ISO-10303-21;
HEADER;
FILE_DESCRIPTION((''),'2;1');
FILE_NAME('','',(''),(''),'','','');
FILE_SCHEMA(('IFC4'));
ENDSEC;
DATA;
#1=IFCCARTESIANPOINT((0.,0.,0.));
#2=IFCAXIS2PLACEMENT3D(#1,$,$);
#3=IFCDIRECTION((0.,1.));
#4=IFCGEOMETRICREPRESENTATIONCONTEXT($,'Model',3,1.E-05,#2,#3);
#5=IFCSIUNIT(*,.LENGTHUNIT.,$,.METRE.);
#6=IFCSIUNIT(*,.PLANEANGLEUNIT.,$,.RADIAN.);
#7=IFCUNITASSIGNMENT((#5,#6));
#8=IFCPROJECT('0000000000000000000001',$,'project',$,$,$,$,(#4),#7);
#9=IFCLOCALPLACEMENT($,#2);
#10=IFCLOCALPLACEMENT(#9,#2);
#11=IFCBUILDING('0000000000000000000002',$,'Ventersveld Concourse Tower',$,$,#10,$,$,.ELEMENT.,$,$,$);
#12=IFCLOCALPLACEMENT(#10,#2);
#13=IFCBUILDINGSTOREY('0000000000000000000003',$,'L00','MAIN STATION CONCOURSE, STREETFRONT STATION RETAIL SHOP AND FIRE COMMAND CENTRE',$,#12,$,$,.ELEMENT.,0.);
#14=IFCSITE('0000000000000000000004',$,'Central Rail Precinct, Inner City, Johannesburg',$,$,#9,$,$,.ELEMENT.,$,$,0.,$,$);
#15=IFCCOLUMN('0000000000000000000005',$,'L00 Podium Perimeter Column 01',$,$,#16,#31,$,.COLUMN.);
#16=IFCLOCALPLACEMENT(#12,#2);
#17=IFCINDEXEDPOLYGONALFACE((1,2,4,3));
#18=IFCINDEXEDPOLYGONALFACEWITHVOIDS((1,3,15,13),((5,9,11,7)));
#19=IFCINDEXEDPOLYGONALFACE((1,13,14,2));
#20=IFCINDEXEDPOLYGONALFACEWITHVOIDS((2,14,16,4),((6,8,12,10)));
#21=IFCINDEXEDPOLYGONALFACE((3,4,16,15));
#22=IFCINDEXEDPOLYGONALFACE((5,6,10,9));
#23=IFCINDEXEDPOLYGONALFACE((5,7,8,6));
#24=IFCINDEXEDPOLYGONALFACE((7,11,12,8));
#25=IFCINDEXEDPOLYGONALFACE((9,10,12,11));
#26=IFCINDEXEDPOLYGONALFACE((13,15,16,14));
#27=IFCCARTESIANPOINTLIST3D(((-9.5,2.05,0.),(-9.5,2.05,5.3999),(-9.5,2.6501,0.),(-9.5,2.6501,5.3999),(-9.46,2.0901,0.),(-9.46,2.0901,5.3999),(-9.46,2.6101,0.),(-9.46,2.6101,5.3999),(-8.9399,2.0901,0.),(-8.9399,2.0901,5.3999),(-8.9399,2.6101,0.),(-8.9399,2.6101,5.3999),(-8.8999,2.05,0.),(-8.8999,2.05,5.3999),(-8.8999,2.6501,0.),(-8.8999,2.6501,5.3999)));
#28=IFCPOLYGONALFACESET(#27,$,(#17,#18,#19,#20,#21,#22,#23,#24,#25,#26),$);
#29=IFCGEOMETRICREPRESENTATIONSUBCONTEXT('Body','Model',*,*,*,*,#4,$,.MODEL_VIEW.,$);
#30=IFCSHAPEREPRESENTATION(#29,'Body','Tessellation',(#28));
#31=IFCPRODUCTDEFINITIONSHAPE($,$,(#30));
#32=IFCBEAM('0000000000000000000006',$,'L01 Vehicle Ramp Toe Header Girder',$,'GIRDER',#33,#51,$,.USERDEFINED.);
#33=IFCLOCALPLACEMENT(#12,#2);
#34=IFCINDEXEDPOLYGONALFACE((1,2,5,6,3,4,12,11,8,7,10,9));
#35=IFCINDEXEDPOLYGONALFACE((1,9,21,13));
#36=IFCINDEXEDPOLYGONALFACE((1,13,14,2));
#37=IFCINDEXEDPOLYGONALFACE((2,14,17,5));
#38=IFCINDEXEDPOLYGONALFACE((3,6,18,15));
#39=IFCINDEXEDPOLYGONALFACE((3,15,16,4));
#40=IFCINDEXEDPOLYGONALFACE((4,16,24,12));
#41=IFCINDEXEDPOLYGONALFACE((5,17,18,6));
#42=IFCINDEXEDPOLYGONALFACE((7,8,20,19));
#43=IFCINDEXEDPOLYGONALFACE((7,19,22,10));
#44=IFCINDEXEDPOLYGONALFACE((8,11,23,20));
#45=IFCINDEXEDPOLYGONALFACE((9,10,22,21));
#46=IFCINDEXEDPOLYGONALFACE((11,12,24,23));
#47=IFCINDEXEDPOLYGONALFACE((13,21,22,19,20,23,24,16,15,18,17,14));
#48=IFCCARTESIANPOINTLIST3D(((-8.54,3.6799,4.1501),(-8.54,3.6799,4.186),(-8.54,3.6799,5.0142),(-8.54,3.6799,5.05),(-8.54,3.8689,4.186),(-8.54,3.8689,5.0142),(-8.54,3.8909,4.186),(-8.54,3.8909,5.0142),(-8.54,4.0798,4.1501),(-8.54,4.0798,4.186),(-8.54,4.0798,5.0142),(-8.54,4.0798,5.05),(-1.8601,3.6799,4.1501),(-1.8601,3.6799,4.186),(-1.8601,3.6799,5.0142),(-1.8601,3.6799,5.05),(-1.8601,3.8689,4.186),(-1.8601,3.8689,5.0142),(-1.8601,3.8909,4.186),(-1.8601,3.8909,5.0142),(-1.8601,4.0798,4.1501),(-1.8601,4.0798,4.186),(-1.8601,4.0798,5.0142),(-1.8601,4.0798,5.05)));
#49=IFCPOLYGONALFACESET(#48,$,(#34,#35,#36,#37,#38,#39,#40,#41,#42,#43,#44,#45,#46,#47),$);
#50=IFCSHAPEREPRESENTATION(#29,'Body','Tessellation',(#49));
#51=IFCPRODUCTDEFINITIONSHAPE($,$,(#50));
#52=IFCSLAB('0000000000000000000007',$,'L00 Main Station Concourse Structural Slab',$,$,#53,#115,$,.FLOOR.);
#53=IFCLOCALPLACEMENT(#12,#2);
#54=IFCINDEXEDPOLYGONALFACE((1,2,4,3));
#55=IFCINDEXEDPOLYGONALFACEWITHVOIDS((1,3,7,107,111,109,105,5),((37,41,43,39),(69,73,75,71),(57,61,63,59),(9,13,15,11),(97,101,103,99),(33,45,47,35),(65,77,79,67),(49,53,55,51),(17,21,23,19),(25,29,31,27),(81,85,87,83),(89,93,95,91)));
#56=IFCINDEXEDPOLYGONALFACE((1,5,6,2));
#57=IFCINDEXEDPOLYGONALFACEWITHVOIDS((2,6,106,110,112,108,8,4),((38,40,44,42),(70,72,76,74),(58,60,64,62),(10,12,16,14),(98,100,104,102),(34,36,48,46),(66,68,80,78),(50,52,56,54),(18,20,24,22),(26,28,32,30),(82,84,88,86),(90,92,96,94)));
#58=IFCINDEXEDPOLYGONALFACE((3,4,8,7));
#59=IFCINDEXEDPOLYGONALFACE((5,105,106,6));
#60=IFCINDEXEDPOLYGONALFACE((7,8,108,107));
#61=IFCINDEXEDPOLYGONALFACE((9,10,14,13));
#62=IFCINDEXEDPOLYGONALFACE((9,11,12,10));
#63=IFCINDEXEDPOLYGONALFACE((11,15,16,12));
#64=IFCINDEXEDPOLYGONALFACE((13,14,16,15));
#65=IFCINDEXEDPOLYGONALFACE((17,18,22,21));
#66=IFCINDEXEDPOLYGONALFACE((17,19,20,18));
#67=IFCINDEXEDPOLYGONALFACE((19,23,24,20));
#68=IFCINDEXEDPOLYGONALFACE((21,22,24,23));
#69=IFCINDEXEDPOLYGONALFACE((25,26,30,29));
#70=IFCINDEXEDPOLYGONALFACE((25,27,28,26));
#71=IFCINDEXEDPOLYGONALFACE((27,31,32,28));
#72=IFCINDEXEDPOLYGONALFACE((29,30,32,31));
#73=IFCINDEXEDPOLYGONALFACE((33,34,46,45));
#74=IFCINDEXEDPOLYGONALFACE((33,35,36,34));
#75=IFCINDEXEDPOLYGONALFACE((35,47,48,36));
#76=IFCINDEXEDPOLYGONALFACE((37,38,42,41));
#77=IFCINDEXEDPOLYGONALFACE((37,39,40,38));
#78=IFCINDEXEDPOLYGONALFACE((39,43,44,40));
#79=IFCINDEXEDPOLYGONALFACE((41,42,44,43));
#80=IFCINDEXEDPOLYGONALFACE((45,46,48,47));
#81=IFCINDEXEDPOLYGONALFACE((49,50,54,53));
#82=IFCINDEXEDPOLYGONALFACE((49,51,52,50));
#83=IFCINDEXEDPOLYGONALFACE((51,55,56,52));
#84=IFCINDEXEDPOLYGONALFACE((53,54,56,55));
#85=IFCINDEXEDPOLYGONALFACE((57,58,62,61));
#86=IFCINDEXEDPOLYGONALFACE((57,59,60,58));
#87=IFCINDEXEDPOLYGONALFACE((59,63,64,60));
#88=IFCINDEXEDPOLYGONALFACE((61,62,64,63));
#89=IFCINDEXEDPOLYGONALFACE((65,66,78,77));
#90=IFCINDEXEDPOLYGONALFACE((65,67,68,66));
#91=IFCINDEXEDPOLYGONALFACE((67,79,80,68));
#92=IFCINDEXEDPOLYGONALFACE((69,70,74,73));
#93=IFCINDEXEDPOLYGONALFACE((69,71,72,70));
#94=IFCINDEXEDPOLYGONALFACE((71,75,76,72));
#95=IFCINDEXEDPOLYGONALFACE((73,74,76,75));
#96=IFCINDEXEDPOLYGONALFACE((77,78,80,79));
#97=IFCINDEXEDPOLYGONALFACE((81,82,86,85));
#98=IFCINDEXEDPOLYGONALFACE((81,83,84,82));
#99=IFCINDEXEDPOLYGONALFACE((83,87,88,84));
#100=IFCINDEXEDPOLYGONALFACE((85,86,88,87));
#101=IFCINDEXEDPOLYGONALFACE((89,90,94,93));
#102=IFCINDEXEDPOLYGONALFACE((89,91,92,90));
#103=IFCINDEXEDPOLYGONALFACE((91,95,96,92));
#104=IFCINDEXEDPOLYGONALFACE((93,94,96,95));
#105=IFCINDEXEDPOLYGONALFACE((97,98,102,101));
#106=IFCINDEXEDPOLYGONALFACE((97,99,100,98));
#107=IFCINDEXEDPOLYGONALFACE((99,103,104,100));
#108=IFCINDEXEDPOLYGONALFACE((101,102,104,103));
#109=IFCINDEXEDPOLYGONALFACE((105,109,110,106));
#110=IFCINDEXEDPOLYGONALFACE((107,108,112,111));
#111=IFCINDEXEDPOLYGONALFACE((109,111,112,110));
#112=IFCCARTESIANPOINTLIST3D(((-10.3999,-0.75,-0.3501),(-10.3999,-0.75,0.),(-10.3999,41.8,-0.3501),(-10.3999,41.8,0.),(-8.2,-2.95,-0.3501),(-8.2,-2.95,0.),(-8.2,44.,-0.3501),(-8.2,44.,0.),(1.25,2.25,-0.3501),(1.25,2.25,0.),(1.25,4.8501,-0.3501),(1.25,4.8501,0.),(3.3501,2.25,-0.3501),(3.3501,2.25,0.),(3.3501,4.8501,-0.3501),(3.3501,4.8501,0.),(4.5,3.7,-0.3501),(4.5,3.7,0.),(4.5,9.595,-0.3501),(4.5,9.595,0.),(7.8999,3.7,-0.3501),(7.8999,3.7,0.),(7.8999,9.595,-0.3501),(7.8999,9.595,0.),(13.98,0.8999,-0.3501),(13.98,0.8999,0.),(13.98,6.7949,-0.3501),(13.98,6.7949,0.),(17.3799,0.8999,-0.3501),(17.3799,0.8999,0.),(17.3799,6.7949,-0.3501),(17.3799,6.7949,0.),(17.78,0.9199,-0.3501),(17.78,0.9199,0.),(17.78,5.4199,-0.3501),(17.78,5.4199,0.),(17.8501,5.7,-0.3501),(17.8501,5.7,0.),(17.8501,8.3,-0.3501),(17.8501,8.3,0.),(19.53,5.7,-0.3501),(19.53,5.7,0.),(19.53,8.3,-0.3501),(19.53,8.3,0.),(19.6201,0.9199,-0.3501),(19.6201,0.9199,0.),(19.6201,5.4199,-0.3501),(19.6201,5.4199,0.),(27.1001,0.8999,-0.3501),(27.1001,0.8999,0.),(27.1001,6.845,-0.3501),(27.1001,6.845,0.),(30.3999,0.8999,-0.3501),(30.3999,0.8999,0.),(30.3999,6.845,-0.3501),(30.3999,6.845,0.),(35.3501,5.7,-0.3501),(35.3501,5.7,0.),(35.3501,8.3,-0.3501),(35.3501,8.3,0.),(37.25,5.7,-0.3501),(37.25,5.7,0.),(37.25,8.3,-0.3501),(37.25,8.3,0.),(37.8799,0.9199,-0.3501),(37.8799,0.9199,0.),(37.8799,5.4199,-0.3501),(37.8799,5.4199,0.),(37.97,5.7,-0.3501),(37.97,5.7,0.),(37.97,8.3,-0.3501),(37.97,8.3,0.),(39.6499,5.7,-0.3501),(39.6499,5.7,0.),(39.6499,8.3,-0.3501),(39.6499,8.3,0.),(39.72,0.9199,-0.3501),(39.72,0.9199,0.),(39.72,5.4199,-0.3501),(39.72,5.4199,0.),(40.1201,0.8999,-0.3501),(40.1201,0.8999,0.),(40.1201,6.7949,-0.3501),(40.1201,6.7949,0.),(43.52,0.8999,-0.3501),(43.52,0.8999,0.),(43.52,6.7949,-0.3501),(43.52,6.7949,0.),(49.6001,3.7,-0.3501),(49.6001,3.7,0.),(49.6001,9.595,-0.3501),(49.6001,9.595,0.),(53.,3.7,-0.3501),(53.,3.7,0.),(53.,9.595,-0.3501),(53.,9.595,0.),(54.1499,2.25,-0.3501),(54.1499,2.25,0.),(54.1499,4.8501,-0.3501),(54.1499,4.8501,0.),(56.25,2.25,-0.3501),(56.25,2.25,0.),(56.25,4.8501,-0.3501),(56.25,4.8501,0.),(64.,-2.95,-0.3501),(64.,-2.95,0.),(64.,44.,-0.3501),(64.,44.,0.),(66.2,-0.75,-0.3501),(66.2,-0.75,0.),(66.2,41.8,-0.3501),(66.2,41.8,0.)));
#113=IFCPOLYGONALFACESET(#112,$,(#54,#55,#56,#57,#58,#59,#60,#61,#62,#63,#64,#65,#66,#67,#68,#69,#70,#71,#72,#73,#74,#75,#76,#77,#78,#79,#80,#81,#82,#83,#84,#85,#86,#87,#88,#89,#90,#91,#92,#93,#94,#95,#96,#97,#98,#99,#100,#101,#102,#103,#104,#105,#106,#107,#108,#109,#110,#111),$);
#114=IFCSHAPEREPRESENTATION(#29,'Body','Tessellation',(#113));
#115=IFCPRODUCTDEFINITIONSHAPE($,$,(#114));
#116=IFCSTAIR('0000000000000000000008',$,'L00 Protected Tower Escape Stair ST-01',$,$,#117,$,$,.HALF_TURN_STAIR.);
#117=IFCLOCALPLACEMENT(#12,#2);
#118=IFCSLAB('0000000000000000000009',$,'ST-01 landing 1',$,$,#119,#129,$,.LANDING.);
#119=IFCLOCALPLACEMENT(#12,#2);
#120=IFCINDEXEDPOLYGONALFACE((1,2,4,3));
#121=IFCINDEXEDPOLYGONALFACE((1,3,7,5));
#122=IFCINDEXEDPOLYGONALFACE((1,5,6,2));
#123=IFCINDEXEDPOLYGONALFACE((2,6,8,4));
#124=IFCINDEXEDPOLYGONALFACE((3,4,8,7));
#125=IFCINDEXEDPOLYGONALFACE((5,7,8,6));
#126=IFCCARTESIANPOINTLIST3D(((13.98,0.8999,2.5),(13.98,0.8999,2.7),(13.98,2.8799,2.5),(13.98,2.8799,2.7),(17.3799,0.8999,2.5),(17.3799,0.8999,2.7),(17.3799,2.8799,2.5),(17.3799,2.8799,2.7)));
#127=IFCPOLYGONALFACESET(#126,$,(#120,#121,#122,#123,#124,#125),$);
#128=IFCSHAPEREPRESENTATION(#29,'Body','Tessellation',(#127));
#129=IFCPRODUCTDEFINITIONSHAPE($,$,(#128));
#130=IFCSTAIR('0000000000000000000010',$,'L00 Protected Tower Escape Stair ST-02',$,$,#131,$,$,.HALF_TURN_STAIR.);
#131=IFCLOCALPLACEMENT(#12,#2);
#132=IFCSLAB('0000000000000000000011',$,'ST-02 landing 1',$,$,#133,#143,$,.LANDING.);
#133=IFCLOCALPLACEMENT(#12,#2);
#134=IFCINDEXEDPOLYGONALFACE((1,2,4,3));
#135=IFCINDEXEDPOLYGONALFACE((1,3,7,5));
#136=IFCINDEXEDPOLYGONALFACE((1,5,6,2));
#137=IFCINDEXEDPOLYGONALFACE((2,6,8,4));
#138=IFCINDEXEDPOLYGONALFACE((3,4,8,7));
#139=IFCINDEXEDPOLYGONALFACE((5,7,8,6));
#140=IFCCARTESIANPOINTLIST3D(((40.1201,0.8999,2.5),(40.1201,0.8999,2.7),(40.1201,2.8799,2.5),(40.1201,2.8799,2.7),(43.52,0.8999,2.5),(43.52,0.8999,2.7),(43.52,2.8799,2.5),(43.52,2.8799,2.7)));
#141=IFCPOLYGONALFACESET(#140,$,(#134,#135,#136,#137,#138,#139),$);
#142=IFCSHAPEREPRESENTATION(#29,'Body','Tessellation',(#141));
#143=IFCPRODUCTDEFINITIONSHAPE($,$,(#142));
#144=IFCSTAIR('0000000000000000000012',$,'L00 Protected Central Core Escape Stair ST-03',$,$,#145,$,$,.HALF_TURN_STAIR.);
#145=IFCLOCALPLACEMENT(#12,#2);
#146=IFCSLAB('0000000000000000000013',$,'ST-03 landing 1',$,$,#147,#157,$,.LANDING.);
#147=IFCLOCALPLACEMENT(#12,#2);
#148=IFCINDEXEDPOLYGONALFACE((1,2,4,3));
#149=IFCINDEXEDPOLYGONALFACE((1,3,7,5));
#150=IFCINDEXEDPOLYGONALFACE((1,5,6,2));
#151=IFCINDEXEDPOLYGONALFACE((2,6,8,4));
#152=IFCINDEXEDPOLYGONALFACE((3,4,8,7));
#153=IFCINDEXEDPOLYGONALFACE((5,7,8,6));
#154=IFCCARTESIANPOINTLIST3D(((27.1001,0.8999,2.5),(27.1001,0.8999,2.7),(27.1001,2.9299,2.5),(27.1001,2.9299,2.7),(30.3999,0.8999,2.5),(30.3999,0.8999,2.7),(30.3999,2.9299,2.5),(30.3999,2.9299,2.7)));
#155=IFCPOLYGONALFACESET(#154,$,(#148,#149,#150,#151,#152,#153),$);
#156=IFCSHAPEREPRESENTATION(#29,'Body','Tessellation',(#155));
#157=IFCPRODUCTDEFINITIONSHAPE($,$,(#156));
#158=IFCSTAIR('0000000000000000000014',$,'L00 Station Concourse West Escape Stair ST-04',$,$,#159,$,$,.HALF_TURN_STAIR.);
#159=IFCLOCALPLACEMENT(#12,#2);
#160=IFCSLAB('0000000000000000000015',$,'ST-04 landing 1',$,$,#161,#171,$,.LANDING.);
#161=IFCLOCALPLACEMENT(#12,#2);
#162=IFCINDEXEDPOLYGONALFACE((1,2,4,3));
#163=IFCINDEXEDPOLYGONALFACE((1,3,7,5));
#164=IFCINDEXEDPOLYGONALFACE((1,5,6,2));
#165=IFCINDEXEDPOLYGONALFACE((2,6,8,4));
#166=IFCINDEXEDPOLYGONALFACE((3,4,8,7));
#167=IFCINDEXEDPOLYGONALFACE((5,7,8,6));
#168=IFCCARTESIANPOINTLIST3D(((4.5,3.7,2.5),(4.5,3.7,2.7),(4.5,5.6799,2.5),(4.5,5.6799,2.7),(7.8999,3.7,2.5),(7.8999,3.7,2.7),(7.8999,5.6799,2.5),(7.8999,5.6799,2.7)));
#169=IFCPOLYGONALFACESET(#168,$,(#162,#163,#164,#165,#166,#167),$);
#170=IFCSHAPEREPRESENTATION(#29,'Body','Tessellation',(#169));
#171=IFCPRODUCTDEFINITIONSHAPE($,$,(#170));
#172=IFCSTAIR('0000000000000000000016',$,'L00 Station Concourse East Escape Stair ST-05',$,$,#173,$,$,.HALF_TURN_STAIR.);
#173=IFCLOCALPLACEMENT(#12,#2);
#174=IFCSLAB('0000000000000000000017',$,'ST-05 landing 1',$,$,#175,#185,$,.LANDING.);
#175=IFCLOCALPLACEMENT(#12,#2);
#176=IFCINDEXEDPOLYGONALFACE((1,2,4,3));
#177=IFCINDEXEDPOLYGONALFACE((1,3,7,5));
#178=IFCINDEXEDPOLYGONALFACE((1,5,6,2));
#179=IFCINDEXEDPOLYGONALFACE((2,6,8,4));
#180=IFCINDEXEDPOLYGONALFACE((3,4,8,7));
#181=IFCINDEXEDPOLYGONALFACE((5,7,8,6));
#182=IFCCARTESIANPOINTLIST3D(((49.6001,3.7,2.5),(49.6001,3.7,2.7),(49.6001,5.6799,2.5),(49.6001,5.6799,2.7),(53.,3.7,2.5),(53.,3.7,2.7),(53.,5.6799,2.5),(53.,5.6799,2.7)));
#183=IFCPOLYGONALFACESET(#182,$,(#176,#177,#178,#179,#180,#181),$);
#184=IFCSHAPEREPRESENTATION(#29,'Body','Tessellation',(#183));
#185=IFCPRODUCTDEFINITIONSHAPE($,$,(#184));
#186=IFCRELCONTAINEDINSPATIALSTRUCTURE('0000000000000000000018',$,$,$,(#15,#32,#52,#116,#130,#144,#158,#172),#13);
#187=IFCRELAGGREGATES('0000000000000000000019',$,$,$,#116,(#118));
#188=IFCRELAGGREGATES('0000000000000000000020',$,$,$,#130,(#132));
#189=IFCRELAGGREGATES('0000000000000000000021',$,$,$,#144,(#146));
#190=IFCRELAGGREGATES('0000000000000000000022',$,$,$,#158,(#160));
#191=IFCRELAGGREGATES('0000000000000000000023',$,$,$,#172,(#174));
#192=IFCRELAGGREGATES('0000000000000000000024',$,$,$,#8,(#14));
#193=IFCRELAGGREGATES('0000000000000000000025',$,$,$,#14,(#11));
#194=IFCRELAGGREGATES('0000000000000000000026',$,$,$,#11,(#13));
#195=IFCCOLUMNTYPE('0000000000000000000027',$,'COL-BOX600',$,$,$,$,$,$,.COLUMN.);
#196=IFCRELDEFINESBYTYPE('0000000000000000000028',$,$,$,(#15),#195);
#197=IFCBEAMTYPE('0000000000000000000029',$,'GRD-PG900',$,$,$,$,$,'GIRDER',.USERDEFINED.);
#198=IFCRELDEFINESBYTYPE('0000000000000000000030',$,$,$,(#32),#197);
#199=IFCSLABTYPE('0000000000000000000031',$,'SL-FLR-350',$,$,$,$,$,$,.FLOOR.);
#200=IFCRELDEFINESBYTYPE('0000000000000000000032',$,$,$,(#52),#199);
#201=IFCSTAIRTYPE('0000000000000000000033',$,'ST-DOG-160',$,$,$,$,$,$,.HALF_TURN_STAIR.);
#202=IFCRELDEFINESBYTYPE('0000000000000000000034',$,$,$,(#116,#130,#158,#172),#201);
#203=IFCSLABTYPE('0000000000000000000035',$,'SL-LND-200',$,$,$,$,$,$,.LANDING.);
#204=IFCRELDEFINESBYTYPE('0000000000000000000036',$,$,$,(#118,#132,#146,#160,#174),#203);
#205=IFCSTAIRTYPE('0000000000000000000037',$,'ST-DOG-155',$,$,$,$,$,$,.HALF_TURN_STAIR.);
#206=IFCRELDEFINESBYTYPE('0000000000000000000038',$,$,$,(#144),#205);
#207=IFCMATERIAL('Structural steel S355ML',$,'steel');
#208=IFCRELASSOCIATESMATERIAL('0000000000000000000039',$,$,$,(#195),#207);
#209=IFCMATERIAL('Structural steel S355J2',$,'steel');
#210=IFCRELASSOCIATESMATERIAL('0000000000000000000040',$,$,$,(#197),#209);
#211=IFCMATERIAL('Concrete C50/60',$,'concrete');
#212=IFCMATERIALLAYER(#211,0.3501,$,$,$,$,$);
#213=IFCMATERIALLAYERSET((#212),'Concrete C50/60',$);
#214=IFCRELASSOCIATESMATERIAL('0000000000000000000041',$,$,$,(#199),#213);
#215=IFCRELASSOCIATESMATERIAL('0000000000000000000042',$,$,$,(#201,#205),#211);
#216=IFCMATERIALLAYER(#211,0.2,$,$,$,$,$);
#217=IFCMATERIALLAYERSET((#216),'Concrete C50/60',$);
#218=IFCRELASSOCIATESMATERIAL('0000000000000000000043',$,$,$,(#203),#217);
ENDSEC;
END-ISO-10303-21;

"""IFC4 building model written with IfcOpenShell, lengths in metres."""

from ifc_helpers import new_model, si_unit, direction, frame, origin, origin_2d, place, context, subcontext, project, spatial, polyline, hollow_rectangle, i_section, outline, extrude, material, layer, layer_set, material_profile, profile_set, type_object, element, aggregate, save


model = new_model("IFC4")

# Units and contexts
model_context = context("Model", 3, precision=1e-05, world=origin(), true_north=direction((0.0, 1.0)))
body_context = subcontext(model_context, "Body", "Model", "MODEL_VIEW")
ifc_project = project(units=[si_unit("LENGTHUNIT", "METRE"), si_unit("PLANEANGLEUNIT", "RADIAN")], contexts=[model_context])

# Site, building, storey
site_placement = place(None, origin())
site = spatial("IfcSite", under=ifc_project, at=site_placement, Name="Central Rail Precinct, Inner City, Johannesburg", CompositionType="ELEMENT", RefElevation=0.0)
building_placement = place(site_placement, origin())
building = spatial("IfcBuilding", under=site, at=building_placement, Name="Ventersveld Concourse Tower", CompositionType="ELEMENT")
storey_placement = place(building_placement, origin())
storey = spatial("IfcBuildingStorey", under=building, at=storey_placement, Name="L00", Description="MAIN STATION CONCOURSE, STREETFRONT STATION RETAIL SHOP AND FIRE COMMAND CENTRE", CompositionType="ELEMENT", Elevation=0.0)

# Column
ifc_material_1 = material(Name="Structural steel S355ML", Category="steel")
ifc_material_profile_1 = material_profile(ifc_material_1, hollow_rectangle(XDim=0.6001, YDim=0.6001, WallThickness=0.04, at=origin_2d()), Name="BOX 600x600x40")
ifc_profile_set_1 = profile_set([ifc_material_profile_1], Name="Structural steel S355ML")
column_type = type_object("IfcColumnType", Name="COL-BOX600", PredefinedType="COLUMN", material=ifc_profile_set_1)
column_placement = place(storey_placement, frame((-9.2, 2.3501, 0.0), z_axis=(0.0, 0.0, 1.0), x_axis=(1.0, 0.0, 0.0)))
element("IfcColumn", 1, at=column_placement, inside=storey, type_object=column_type, Name="L00 Podium Perimeter Column 01", PredefinedType="COLUMN", context=body_context, shape_type="SweptSolid", body=[
    extrude(hollow_rectangle(XDim=0.6001, YDim=0.6001, WallThickness=0.04, at=origin_2d()), origin(), (0.0, 0.0, 1.0), 5.3999),
])

# Beam
ifc_material_2 = material(Name="Structural steel S355J2", Category="steel")
ifc_material_profile_2 = material_profile(ifc_material_2, i_section(OverallWidth=0.3999, OverallDepth=0.8999, WebThickness=0.022, FlangeThickness=0.0359, at=origin_2d()), Name="PG 900x400x36")
ifc_profile_set_2 = profile_set([ifc_material_profile_2], Name="Structural steel S355J2")
beam_type = type_object("IfcBeamType", Name="GRD-PG900", ElementType="GIRDER", PredefinedType="USERDEFINED", material=ifc_profile_set_2)
beam_placement = place(storey_placement, frame((-8.54, 3.8799, 4.6001), z_axis=(1.0, 0.0, 0.0), x_axis=(0.0, 1.0, 0.0)))
element("IfcBeam", 2, at=beam_placement, inside=storey, type_object=beam_type, Name="L01 Vehicle Ramp Toe Header Girder", ObjectType="GIRDER", PredefinedType="USERDEFINED", context=body_context, shape_type="SweptSolid", body=[
    extrude(i_section(OverallWidth=0.3999, OverallDepth=0.8999, WebThickness=0.022, FlangeThickness=0.0359, at=origin_2d()), origin(), (0.0, 0.0, 1.0), 6.6799),
])

# Slab
ifc_material_3 = material(Name="Concrete C50/60", Category="concrete")
ifc_layer_1 = layer(ifc_material_3, 0.3501)
ifc_layer_set_1 = layer_set([ifc_layer_1], Name="Concrete C50/60")
slab_type_1 = type_object("IfcSlabType", Name="SL-FLR-350", PredefinedType="FLOOR", material=ifc_layer_set_1)
slab_1_placement = place(storey_placement, frame((0.0, 0.0, -0.3501)))
element("IfcSlab", 3, at=slab_1_placement, inside=storey, type_object=slab_type_1, Name="L00 Main Station Concourse Structural Slab", PredefinedType="FLOOR", context=body_context, shape_type="SweptSolid", body=[
    extrude(outline(polyline([(-8.2, -2.95), (64.0, -2.95), (66.2, -0.75), (66.2, 41.8), (64.0, 44.0), (-8.2, 44.0), (-10.3999, 41.8), (-10.3999, -0.75), (-8.2, -2.95)]), holes=[polyline([(13.98, 6.7949), (13.98, 0.8999), (17.3799, 0.8999), (17.3799, 6.7949), (13.98, 6.7949)]), polyline([(40.1201, 6.7949), (40.1201, 0.8999), (43.52, 0.8999), (43.52, 6.7949), (40.1201, 6.7949)]), polyline([(27.1001, 6.845), (27.1001, 0.8999), (30.3999, 0.8999), (30.3999, 6.845), (27.1001, 6.845)]), polyline([(4.5, 9.595), (4.5, 3.7), (7.8999, 3.7), (7.8999, 9.595), (4.5, 9.595)]), polyline([(49.6001, 9.595), (49.6001, 3.7), (53.0, 3.7), (53.0, 9.595), (49.6001, 9.595)]), polyline([(17.8501, 5.7), (19.53, 5.7), (19.53, 8.3), (17.8501, 8.3), (17.8501, 5.7)]), polyline([(37.97, 5.7), (39.6499, 5.7), (39.6499, 8.3), (37.97, 8.3), (37.97, 5.7)]), polyline([(35.3501, 5.7), (37.25, 5.7), (37.25, 8.3), (35.3501, 8.3), (35.3501, 5.7)]), polyline([(1.25, 2.25), (3.3501, 2.25), (3.3501, 4.8501), (1.25, 4.8501), (1.25, 2.25)]), polyline([(54.1499, 2.25), (56.25, 2.25), (56.25, 4.8501), (54.1499, 4.8501), (54.1499, 2.25)]), polyline([(17.78, 0.9199), (19.6201, 0.9199), (19.6201, 5.4199), (17.78, 5.4199), (17.78, 0.9199)]), polyline([(37.8799, 0.9199), (39.72, 0.9199), (39.72, 5.4199), (37.8799, 5.4199), (37.8799, 0.9199)])]), origin(), (0.0, 0.0, 1.0), 0.3501),
])

# Stairs, slabs
stair_type_1 = type_object("IfcStairType", Name="ST-DOG-160", PredefinedType="HALF_TURN_STAIR", material=ifc_material_3)
stair_1_placement = place(storey_placement, origin())
stair_1 = element("IfcStair", 4, at=stair_1_placement, inside=storey, type_object=stair_type_1, Name="L00 Protected Tower Escape Stair ST-01", PredefinedType="HALF_TURN_STAIR")
ifc_layer_2 = layer(ifc_material_3, 0.2)
ifc_layer_set_2 = layer_set([ifc_layer_2], Name="Concrete C50/60")
slab_type_2 = type_object("IfcSlabType", Name="SL-LND-200", PredefinedType="LANDING", material=ifc_layer_set_2)
slab_2_placement = place(storey_placement, frame((0.0, 0.0, 2.5)))
slab_2 = element("IfcSlab", 5, at=slab_2_placement, type_object=slab_type_2, Name="ST-01 landing 1", PredefinedType="LANDING", context=body_context, shape_type="SweptSolid", body=[
    extrude(outline(polyline([(13.98, 2.8799), (13.98, 0.8999), (17.3799, 0.8999), (17.3799, 2.8799), (13.98, 2.8799)])), origin(), (0.0, 0.0, 1.0), 0.2),
])
aggregate(stair_1, [slab_2])
stair_2_placement = place(storey_placement, origin())
stair_2 = element("IfcStair", 6, at=stair_2_placement, inside=storey, type_object=stair_type_1, Name="L00 Protected Tower Escape Stair ST-02", PredefinedType="HALF_TURN_STAIR")
slab_3_placement = place(storey_placement, frame((0.0, 0.0, 2.5)))
slab_3 = element("IfcSlab", 7, at=slab_3_placement, type_object=slab_type_2, Name="ST-02 landing 1", PredefinedType="LANDING", context=body_context, shape_type="SweptSolid", body=[
    extrude(outline(polyline([(40.1201, 2.8799), (40.1201, 0.8999), (43.52, 0.8999), (43.52, 2.8799), (40.1201, 2.8799)])), origin(), (0.0, 0.0, 1.0), 0.2),
])
aggregate(stair_2, [slab_3])
stair_type_2 = type_object("IfcStairType", Name="ST-DOG-155", PredefinedType="HALF_TURN_STAIR", material=ifc_material_3)
stair_3_placement = place(storey_placement, origin())
stair_3 = element("IfcStair", 8, at=stair_3_placement, inside=storey, type_object=stair_type_2, Name="L00 Protected Central Core Escape Stair ST-03", PredefinedType="HALF_TURN_STAIR")
slab_4_placement = place(storey_placement, frame((0.0, 0.0, 2.5)))
slab_4 = element("IfcSlab", 9, at=slab_4_placement, type_object=slab_type_2, Name="ST-03 landing 1", PredefinedType="LANDING", context=body_context, shape_type="SweptSolid", body=[
    extrude(outline(polyline([(27.1001, 2.9299), (27.1001, 0.8999), (30.3999, 0.8999), (30.3999, 2.9299), (27.1001, 2.9299)])), origin(), (0.0, 0.0, 1.0), 0.2),
])
aggregate(stair_3, [slab_4])
stair_4_placement = place(storey_placement, origin())
stair_4 = element("IfcStair", 10, at=stair_4_placement, inside=storey, type_object=stair_type_1, Name="L00 Station Concourse West Escape Stair ST-04", PredefinedType="HALF_TURN_STAIR")
slab_5_placement = place(storey_placement, frame((0.0, 0.0, 2.5)))
slab_5 = element("IfcSlab", 11, at=slab_5_placement, type_object=slab_type_2, Name="ST-04 landing 1", PredefinedType="LANDING", context=body_context, shape_type="SweptSolid", body=[
    extrude(outline(polyline([(4.5, 5.6799), (4.5, 3.7), (7.8999, 3.7), (7.8999, 5.6799), (4.5, 5.6799)])), origin(), (0.0, 0.0, 1.0), 0.2),
])
aggregate(stair_4, [slab_5])
stair_5_placement = place(storey_placement, origin())
stair_5 = element("IfcStair", 12, at=stair_5_placement, inside=storey, type_object=stair_type_1, Name="L00 Station Concourse East Escape Stair ST-05", PredefinedType="HALF_TURN_STAIR")
slab_6_placement = place(storey_placement, frame((0.0, 0.0, 2.5)))
slab_6 = element("IfcSlab", 13, at=slab_6_placement, type_object=slab_type_2, Name="ST-05 landing 1", PredefinedType="LANDING", context=body_context, shape_type="SweptSolid", body=[
    extrude(outline(polyline([(49.6001, 5.6799), (49.6001, 3.7), (53.0, 3.7), (53.0, 5.6799), (49.6001, 5.6799)])), origin(), (0.0, 0.0, 1.0), 0.2),
])
aggregate(stair_5, [slab_6])

save(model, "model.ifc")
